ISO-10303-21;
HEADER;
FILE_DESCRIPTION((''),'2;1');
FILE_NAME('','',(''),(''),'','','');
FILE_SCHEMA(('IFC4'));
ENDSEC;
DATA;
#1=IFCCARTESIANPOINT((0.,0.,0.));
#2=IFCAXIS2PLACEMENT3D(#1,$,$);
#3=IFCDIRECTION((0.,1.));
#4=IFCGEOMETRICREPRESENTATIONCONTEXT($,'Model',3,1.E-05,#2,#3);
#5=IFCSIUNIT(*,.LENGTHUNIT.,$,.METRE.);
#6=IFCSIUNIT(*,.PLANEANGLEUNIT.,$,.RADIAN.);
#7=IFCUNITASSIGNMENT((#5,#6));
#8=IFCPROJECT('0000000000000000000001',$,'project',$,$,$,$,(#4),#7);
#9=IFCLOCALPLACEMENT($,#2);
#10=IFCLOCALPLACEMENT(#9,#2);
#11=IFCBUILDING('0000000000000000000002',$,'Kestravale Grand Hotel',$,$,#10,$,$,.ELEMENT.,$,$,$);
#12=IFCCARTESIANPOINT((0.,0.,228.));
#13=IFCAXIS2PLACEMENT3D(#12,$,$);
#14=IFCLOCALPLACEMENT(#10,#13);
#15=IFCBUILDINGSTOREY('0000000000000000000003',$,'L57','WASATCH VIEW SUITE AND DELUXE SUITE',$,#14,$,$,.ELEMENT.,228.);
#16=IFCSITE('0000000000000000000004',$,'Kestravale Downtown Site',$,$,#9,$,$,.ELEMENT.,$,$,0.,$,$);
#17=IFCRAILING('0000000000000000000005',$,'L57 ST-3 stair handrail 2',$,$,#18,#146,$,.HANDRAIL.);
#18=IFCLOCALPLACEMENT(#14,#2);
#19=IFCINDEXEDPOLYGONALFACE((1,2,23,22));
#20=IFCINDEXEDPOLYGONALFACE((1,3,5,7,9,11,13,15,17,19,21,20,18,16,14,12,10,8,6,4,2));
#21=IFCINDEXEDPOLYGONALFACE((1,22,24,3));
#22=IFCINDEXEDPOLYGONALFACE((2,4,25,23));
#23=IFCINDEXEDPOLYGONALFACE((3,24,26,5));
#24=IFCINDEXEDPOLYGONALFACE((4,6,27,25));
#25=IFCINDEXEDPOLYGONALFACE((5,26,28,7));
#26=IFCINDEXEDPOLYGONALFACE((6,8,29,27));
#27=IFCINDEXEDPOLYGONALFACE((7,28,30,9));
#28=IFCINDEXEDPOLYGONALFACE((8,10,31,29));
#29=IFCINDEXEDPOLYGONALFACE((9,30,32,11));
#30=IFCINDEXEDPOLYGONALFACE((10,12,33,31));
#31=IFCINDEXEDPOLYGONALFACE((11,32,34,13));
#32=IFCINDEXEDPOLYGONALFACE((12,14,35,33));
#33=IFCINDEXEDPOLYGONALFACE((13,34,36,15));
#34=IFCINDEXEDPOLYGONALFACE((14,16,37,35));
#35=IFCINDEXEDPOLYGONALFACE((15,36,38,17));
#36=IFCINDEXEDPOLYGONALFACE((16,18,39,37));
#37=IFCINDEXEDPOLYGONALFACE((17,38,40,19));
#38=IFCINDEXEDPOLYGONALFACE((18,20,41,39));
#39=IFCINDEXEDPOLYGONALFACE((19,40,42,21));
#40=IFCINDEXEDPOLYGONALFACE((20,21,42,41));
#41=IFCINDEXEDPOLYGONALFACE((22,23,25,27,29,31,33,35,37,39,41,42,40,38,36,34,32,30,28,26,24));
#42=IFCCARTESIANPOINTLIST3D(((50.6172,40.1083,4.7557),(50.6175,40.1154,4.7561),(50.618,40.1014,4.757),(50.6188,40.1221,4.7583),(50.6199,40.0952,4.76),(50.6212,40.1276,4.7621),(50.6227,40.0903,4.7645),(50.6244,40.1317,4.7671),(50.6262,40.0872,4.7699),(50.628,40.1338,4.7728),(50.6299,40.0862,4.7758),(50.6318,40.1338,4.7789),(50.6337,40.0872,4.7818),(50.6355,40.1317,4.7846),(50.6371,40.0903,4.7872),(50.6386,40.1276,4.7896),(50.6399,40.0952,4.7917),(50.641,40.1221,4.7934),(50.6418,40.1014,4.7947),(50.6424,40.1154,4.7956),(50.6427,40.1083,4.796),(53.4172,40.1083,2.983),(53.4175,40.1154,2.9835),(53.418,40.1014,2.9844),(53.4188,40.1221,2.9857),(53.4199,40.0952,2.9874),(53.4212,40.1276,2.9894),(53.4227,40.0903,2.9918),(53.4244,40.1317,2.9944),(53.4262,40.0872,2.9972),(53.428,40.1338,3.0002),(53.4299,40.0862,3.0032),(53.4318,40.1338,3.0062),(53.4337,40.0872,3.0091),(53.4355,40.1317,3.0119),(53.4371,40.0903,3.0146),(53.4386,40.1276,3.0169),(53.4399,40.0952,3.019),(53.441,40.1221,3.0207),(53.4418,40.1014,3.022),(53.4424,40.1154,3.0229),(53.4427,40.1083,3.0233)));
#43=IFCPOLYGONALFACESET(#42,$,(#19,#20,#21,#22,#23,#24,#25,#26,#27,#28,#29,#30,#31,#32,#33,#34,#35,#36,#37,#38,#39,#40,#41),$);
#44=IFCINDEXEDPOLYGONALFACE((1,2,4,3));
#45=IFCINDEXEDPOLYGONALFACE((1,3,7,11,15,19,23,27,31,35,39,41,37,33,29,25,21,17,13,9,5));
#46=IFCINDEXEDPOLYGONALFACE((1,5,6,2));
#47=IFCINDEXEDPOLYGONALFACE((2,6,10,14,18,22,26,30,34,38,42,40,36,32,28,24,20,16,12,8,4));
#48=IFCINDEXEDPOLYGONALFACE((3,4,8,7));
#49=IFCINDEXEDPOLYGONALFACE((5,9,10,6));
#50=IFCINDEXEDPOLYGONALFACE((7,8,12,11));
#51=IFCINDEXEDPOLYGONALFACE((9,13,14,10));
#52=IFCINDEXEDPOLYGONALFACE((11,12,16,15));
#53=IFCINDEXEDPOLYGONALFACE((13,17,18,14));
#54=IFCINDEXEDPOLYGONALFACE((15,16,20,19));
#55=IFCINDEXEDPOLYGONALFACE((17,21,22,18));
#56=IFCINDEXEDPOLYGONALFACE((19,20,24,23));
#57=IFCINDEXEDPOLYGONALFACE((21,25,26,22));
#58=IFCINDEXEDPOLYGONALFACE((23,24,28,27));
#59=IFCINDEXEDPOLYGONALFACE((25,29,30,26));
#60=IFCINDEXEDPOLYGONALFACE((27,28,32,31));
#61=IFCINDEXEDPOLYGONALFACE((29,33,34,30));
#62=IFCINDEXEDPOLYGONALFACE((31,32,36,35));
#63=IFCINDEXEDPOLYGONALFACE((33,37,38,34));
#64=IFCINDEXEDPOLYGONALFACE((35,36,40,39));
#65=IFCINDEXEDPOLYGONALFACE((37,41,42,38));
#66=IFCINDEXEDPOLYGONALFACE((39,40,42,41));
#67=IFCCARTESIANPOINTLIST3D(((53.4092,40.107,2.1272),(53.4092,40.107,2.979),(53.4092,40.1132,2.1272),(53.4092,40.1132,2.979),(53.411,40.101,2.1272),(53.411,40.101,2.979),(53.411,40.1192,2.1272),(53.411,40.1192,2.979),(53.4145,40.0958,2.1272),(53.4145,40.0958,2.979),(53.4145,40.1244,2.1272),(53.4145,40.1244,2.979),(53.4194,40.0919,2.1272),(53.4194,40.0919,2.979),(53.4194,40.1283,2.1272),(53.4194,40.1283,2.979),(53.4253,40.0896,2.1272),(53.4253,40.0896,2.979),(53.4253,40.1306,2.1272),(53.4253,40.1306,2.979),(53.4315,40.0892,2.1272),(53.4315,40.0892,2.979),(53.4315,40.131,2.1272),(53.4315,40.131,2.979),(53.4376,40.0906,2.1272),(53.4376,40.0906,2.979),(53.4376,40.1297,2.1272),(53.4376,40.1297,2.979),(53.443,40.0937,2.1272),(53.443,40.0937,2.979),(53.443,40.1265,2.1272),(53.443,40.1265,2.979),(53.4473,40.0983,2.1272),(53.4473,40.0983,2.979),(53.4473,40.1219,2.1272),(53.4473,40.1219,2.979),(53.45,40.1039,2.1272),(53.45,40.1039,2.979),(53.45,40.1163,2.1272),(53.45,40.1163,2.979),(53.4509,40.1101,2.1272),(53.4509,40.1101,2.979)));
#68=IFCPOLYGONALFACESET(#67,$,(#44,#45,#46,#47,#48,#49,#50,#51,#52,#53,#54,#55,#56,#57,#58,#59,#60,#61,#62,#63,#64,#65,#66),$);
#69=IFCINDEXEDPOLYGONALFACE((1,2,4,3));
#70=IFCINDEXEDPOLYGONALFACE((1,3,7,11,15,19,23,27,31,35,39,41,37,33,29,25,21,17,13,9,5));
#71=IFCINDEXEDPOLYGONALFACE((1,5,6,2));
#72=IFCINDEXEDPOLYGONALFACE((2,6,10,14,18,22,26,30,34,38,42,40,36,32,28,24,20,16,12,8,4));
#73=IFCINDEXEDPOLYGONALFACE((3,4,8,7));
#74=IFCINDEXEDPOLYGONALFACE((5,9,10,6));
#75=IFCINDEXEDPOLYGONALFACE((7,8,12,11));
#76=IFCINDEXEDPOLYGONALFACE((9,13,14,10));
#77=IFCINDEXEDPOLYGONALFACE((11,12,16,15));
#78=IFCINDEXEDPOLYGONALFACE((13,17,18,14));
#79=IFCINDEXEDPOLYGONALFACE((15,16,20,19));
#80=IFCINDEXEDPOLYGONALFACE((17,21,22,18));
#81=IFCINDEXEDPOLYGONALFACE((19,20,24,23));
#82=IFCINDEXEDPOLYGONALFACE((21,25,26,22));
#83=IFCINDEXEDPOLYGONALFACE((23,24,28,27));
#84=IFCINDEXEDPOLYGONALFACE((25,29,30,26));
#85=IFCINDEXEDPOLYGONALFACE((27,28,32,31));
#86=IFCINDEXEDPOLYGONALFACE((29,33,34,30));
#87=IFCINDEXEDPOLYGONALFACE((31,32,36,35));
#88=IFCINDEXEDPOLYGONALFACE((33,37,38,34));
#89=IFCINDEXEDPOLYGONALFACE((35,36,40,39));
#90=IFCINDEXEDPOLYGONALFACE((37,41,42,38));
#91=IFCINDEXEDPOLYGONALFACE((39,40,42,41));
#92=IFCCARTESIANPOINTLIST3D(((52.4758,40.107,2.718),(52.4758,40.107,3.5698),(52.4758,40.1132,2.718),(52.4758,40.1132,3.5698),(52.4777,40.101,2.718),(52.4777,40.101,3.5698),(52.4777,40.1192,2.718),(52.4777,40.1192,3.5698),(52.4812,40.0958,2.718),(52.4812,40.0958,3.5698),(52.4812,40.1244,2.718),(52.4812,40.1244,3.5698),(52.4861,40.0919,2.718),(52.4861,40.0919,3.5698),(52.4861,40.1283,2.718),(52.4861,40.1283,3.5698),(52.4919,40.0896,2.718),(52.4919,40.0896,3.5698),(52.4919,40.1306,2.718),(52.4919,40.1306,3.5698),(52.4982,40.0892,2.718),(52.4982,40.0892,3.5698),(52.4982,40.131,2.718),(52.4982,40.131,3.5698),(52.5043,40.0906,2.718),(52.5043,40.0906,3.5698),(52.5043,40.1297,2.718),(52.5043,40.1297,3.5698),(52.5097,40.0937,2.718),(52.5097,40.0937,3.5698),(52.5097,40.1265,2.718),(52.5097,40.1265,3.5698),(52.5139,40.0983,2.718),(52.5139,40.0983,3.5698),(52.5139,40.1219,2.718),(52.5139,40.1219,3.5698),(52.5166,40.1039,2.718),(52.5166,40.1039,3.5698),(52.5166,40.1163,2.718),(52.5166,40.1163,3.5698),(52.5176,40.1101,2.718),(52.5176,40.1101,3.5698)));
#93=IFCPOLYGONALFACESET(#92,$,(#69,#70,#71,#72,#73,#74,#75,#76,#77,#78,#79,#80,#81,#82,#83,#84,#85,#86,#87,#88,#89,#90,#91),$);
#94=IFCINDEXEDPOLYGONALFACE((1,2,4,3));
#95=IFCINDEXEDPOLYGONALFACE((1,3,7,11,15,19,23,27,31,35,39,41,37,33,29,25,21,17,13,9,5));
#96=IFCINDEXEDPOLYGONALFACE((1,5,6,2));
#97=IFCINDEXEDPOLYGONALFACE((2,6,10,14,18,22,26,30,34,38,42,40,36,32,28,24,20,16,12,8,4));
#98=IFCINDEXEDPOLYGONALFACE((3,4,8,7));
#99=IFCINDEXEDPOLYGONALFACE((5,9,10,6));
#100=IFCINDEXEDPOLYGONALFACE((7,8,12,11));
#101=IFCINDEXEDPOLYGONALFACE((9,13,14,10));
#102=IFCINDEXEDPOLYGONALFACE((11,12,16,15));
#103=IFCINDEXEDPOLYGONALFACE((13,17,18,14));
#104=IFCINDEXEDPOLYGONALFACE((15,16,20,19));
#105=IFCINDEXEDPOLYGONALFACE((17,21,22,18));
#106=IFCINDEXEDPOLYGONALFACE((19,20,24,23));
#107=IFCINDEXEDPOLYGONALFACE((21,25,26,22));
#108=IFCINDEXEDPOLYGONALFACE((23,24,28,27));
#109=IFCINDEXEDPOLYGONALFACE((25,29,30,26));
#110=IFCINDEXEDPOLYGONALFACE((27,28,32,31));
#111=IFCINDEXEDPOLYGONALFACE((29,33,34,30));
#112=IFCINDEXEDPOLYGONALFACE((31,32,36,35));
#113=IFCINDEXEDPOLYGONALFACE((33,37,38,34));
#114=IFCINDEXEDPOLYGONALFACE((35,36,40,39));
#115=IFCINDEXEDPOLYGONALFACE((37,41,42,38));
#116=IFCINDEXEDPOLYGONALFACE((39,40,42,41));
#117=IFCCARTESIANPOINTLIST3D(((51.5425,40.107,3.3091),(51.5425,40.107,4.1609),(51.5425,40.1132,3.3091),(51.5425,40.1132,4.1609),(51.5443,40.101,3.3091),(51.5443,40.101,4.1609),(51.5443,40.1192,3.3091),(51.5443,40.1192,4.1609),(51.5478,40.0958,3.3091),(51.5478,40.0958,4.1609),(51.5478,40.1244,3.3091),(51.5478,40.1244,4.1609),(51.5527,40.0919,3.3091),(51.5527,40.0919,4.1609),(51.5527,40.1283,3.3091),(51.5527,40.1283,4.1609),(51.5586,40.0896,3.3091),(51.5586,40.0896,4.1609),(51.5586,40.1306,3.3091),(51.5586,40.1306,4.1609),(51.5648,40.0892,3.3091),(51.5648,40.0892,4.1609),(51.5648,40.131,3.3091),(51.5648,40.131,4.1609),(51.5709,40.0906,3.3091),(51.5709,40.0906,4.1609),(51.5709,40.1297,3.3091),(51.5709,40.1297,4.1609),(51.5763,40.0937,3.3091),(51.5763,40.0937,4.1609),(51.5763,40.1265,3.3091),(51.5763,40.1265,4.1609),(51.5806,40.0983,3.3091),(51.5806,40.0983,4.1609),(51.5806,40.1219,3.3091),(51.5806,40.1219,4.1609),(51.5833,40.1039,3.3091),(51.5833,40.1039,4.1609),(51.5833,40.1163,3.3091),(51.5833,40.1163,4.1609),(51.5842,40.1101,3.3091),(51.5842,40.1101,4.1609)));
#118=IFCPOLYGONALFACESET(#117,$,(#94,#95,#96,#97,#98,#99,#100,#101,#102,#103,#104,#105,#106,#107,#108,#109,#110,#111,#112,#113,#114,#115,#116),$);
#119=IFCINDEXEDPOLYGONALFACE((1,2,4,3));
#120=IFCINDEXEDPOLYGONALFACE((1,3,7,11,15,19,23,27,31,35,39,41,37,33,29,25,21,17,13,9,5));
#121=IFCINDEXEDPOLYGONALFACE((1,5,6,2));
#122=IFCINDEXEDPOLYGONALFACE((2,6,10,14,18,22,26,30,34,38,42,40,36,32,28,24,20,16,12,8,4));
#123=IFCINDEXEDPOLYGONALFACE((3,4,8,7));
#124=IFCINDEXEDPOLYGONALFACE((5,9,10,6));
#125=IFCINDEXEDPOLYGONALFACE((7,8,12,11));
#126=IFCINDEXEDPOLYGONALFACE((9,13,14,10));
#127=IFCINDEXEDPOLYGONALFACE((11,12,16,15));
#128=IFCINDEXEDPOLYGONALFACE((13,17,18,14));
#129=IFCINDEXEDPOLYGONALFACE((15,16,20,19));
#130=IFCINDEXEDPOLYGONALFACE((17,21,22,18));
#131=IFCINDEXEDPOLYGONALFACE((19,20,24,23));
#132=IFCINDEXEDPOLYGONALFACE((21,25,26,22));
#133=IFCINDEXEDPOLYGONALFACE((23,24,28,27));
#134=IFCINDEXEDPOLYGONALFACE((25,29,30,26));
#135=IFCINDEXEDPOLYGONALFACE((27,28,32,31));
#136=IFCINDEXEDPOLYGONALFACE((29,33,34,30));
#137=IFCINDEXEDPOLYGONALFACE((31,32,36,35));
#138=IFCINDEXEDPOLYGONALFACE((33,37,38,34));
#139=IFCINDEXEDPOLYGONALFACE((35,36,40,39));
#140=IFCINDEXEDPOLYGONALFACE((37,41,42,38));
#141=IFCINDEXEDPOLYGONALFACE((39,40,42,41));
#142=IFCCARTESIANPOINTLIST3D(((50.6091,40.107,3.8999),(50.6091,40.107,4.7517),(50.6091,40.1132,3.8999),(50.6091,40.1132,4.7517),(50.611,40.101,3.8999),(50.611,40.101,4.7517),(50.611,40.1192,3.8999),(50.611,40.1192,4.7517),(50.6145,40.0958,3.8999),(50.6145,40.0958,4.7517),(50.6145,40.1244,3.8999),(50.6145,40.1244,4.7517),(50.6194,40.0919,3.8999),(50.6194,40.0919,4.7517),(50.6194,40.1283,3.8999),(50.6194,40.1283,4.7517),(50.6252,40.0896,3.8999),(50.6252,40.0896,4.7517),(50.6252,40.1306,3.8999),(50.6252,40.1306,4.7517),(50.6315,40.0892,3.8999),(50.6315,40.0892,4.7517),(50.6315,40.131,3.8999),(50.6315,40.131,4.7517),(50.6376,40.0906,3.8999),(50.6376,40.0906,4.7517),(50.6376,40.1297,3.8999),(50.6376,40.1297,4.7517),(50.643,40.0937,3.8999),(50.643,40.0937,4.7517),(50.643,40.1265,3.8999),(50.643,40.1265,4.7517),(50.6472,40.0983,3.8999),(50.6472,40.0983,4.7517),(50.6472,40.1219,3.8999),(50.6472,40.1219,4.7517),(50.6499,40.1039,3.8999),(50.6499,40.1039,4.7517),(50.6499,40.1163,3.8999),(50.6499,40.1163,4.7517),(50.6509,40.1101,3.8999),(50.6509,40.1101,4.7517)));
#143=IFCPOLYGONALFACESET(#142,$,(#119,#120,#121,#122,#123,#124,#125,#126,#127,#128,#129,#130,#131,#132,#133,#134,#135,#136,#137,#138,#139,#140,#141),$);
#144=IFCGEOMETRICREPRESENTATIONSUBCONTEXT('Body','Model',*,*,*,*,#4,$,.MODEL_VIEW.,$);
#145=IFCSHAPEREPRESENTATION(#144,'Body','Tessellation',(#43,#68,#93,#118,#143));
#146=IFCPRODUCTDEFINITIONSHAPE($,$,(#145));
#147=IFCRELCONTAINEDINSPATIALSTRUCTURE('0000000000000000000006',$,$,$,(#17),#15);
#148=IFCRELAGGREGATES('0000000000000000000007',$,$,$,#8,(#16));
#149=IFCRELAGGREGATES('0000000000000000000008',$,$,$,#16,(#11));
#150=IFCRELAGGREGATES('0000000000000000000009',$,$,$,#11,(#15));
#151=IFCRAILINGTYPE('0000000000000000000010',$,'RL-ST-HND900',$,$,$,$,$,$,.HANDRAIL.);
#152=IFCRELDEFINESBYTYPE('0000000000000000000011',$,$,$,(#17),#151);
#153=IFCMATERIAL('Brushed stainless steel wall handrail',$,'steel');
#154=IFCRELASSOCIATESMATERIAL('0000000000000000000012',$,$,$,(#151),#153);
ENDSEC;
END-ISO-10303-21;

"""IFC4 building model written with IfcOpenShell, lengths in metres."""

from ifc_helpers import new_model, si_unit, direction, frame, origin, origin_2d, place, context, subcontext, project, spatial, circle, extrude, material, type_object, element, save


model = new_model("IFC4")

# Units and contexts
model_context = context("Model", 3, precision=1e-05, world=origin(), true_north=direction((0.0, 1.0)))
body_context = subcontext(model_context, "Body", "Model", "MODEL_VIEW")
ifc_project = project(units=[si_unit("LENGTHUNIT", "METRE"), si_unit("PLANEANGLEUNIT", "RADIAN")], contexts=[model_context])

# Site, building, storey
site_placement = place(None, origin())
site = spatial("IfcSite", under=ifc_project, at=site_placement, Name="Kestravale Downtown Site", CompositionType="ELEMENT", RefElevation=0.0)
building_placement = place(site_placement, origin())
building = spatial("IfcBuilding", under=site, at=building_placement, Name="Kestravale Grand Hotel", CompositionType="ELEMENT")
storey_placement = place(building_placement, frame((0.0, 0.0, 228.0)))
storey = spatial("IfcBuildingStorey", under=building, at=storey_placement, Name="L57", Description="WASATCH VIEW SUITE AND DELUXE SUITE", CompositionType="ELEMENT", Elevation=228.0)

# Railing
ifc_material_1 = material(Name="Brushed stainless steel wall handrail", Category="steel")
railing_type_1 = type_object("IfcRailingType", Name="RL-ST-HND900", PredefinedType="HANDRAIL", material=ifc_material_1)
railing_1_placement = place(storey_placement, frame((53.4299, 40.1101, 2.1272)))
element("IfcRailing", 1, at=railing_1_placement, inside=storey, type_object=railing_type_1, Name="L57 ST-3 stair handrail 2", PredefinedType="HANDRAIL", context=body_context, shape_type="SweptSolid", body=[
    extrude(circle(Radius=0.0239, at=origin_2d()), frame((0.0, 0.0, 0.876), z_axis=(-0.844909, 0.0, 0.53491), x_axis=(0.0, -1.0, 0.0)), (0.0, 0.0, 1.0), 3.314),
    extrude(circle(Radius=0.021, at=origin_2d()), origin(), (0.0, 0.0, 1.0), 0.8518),
    extrude(circle(Radius=0.021, at=origin_2d()), frame((-0.9333, 0.0, 0.5908)), (0.0, 0.0, 1.0), 0.8518),
    extrude(circle(Radius=0.021, at=origin_2d()), frame((-1.8667, 0.0, 1.1819)), (0.0, 0.0, 1.0), 0.8518),
    extrude(circle(Radius=0.021, at=origin_2d()), frame((-2.8, 0.0, 1.7727)), (0.0, 0.0, 1.0), 0.8518),
])

save(model, "model.ifc")
